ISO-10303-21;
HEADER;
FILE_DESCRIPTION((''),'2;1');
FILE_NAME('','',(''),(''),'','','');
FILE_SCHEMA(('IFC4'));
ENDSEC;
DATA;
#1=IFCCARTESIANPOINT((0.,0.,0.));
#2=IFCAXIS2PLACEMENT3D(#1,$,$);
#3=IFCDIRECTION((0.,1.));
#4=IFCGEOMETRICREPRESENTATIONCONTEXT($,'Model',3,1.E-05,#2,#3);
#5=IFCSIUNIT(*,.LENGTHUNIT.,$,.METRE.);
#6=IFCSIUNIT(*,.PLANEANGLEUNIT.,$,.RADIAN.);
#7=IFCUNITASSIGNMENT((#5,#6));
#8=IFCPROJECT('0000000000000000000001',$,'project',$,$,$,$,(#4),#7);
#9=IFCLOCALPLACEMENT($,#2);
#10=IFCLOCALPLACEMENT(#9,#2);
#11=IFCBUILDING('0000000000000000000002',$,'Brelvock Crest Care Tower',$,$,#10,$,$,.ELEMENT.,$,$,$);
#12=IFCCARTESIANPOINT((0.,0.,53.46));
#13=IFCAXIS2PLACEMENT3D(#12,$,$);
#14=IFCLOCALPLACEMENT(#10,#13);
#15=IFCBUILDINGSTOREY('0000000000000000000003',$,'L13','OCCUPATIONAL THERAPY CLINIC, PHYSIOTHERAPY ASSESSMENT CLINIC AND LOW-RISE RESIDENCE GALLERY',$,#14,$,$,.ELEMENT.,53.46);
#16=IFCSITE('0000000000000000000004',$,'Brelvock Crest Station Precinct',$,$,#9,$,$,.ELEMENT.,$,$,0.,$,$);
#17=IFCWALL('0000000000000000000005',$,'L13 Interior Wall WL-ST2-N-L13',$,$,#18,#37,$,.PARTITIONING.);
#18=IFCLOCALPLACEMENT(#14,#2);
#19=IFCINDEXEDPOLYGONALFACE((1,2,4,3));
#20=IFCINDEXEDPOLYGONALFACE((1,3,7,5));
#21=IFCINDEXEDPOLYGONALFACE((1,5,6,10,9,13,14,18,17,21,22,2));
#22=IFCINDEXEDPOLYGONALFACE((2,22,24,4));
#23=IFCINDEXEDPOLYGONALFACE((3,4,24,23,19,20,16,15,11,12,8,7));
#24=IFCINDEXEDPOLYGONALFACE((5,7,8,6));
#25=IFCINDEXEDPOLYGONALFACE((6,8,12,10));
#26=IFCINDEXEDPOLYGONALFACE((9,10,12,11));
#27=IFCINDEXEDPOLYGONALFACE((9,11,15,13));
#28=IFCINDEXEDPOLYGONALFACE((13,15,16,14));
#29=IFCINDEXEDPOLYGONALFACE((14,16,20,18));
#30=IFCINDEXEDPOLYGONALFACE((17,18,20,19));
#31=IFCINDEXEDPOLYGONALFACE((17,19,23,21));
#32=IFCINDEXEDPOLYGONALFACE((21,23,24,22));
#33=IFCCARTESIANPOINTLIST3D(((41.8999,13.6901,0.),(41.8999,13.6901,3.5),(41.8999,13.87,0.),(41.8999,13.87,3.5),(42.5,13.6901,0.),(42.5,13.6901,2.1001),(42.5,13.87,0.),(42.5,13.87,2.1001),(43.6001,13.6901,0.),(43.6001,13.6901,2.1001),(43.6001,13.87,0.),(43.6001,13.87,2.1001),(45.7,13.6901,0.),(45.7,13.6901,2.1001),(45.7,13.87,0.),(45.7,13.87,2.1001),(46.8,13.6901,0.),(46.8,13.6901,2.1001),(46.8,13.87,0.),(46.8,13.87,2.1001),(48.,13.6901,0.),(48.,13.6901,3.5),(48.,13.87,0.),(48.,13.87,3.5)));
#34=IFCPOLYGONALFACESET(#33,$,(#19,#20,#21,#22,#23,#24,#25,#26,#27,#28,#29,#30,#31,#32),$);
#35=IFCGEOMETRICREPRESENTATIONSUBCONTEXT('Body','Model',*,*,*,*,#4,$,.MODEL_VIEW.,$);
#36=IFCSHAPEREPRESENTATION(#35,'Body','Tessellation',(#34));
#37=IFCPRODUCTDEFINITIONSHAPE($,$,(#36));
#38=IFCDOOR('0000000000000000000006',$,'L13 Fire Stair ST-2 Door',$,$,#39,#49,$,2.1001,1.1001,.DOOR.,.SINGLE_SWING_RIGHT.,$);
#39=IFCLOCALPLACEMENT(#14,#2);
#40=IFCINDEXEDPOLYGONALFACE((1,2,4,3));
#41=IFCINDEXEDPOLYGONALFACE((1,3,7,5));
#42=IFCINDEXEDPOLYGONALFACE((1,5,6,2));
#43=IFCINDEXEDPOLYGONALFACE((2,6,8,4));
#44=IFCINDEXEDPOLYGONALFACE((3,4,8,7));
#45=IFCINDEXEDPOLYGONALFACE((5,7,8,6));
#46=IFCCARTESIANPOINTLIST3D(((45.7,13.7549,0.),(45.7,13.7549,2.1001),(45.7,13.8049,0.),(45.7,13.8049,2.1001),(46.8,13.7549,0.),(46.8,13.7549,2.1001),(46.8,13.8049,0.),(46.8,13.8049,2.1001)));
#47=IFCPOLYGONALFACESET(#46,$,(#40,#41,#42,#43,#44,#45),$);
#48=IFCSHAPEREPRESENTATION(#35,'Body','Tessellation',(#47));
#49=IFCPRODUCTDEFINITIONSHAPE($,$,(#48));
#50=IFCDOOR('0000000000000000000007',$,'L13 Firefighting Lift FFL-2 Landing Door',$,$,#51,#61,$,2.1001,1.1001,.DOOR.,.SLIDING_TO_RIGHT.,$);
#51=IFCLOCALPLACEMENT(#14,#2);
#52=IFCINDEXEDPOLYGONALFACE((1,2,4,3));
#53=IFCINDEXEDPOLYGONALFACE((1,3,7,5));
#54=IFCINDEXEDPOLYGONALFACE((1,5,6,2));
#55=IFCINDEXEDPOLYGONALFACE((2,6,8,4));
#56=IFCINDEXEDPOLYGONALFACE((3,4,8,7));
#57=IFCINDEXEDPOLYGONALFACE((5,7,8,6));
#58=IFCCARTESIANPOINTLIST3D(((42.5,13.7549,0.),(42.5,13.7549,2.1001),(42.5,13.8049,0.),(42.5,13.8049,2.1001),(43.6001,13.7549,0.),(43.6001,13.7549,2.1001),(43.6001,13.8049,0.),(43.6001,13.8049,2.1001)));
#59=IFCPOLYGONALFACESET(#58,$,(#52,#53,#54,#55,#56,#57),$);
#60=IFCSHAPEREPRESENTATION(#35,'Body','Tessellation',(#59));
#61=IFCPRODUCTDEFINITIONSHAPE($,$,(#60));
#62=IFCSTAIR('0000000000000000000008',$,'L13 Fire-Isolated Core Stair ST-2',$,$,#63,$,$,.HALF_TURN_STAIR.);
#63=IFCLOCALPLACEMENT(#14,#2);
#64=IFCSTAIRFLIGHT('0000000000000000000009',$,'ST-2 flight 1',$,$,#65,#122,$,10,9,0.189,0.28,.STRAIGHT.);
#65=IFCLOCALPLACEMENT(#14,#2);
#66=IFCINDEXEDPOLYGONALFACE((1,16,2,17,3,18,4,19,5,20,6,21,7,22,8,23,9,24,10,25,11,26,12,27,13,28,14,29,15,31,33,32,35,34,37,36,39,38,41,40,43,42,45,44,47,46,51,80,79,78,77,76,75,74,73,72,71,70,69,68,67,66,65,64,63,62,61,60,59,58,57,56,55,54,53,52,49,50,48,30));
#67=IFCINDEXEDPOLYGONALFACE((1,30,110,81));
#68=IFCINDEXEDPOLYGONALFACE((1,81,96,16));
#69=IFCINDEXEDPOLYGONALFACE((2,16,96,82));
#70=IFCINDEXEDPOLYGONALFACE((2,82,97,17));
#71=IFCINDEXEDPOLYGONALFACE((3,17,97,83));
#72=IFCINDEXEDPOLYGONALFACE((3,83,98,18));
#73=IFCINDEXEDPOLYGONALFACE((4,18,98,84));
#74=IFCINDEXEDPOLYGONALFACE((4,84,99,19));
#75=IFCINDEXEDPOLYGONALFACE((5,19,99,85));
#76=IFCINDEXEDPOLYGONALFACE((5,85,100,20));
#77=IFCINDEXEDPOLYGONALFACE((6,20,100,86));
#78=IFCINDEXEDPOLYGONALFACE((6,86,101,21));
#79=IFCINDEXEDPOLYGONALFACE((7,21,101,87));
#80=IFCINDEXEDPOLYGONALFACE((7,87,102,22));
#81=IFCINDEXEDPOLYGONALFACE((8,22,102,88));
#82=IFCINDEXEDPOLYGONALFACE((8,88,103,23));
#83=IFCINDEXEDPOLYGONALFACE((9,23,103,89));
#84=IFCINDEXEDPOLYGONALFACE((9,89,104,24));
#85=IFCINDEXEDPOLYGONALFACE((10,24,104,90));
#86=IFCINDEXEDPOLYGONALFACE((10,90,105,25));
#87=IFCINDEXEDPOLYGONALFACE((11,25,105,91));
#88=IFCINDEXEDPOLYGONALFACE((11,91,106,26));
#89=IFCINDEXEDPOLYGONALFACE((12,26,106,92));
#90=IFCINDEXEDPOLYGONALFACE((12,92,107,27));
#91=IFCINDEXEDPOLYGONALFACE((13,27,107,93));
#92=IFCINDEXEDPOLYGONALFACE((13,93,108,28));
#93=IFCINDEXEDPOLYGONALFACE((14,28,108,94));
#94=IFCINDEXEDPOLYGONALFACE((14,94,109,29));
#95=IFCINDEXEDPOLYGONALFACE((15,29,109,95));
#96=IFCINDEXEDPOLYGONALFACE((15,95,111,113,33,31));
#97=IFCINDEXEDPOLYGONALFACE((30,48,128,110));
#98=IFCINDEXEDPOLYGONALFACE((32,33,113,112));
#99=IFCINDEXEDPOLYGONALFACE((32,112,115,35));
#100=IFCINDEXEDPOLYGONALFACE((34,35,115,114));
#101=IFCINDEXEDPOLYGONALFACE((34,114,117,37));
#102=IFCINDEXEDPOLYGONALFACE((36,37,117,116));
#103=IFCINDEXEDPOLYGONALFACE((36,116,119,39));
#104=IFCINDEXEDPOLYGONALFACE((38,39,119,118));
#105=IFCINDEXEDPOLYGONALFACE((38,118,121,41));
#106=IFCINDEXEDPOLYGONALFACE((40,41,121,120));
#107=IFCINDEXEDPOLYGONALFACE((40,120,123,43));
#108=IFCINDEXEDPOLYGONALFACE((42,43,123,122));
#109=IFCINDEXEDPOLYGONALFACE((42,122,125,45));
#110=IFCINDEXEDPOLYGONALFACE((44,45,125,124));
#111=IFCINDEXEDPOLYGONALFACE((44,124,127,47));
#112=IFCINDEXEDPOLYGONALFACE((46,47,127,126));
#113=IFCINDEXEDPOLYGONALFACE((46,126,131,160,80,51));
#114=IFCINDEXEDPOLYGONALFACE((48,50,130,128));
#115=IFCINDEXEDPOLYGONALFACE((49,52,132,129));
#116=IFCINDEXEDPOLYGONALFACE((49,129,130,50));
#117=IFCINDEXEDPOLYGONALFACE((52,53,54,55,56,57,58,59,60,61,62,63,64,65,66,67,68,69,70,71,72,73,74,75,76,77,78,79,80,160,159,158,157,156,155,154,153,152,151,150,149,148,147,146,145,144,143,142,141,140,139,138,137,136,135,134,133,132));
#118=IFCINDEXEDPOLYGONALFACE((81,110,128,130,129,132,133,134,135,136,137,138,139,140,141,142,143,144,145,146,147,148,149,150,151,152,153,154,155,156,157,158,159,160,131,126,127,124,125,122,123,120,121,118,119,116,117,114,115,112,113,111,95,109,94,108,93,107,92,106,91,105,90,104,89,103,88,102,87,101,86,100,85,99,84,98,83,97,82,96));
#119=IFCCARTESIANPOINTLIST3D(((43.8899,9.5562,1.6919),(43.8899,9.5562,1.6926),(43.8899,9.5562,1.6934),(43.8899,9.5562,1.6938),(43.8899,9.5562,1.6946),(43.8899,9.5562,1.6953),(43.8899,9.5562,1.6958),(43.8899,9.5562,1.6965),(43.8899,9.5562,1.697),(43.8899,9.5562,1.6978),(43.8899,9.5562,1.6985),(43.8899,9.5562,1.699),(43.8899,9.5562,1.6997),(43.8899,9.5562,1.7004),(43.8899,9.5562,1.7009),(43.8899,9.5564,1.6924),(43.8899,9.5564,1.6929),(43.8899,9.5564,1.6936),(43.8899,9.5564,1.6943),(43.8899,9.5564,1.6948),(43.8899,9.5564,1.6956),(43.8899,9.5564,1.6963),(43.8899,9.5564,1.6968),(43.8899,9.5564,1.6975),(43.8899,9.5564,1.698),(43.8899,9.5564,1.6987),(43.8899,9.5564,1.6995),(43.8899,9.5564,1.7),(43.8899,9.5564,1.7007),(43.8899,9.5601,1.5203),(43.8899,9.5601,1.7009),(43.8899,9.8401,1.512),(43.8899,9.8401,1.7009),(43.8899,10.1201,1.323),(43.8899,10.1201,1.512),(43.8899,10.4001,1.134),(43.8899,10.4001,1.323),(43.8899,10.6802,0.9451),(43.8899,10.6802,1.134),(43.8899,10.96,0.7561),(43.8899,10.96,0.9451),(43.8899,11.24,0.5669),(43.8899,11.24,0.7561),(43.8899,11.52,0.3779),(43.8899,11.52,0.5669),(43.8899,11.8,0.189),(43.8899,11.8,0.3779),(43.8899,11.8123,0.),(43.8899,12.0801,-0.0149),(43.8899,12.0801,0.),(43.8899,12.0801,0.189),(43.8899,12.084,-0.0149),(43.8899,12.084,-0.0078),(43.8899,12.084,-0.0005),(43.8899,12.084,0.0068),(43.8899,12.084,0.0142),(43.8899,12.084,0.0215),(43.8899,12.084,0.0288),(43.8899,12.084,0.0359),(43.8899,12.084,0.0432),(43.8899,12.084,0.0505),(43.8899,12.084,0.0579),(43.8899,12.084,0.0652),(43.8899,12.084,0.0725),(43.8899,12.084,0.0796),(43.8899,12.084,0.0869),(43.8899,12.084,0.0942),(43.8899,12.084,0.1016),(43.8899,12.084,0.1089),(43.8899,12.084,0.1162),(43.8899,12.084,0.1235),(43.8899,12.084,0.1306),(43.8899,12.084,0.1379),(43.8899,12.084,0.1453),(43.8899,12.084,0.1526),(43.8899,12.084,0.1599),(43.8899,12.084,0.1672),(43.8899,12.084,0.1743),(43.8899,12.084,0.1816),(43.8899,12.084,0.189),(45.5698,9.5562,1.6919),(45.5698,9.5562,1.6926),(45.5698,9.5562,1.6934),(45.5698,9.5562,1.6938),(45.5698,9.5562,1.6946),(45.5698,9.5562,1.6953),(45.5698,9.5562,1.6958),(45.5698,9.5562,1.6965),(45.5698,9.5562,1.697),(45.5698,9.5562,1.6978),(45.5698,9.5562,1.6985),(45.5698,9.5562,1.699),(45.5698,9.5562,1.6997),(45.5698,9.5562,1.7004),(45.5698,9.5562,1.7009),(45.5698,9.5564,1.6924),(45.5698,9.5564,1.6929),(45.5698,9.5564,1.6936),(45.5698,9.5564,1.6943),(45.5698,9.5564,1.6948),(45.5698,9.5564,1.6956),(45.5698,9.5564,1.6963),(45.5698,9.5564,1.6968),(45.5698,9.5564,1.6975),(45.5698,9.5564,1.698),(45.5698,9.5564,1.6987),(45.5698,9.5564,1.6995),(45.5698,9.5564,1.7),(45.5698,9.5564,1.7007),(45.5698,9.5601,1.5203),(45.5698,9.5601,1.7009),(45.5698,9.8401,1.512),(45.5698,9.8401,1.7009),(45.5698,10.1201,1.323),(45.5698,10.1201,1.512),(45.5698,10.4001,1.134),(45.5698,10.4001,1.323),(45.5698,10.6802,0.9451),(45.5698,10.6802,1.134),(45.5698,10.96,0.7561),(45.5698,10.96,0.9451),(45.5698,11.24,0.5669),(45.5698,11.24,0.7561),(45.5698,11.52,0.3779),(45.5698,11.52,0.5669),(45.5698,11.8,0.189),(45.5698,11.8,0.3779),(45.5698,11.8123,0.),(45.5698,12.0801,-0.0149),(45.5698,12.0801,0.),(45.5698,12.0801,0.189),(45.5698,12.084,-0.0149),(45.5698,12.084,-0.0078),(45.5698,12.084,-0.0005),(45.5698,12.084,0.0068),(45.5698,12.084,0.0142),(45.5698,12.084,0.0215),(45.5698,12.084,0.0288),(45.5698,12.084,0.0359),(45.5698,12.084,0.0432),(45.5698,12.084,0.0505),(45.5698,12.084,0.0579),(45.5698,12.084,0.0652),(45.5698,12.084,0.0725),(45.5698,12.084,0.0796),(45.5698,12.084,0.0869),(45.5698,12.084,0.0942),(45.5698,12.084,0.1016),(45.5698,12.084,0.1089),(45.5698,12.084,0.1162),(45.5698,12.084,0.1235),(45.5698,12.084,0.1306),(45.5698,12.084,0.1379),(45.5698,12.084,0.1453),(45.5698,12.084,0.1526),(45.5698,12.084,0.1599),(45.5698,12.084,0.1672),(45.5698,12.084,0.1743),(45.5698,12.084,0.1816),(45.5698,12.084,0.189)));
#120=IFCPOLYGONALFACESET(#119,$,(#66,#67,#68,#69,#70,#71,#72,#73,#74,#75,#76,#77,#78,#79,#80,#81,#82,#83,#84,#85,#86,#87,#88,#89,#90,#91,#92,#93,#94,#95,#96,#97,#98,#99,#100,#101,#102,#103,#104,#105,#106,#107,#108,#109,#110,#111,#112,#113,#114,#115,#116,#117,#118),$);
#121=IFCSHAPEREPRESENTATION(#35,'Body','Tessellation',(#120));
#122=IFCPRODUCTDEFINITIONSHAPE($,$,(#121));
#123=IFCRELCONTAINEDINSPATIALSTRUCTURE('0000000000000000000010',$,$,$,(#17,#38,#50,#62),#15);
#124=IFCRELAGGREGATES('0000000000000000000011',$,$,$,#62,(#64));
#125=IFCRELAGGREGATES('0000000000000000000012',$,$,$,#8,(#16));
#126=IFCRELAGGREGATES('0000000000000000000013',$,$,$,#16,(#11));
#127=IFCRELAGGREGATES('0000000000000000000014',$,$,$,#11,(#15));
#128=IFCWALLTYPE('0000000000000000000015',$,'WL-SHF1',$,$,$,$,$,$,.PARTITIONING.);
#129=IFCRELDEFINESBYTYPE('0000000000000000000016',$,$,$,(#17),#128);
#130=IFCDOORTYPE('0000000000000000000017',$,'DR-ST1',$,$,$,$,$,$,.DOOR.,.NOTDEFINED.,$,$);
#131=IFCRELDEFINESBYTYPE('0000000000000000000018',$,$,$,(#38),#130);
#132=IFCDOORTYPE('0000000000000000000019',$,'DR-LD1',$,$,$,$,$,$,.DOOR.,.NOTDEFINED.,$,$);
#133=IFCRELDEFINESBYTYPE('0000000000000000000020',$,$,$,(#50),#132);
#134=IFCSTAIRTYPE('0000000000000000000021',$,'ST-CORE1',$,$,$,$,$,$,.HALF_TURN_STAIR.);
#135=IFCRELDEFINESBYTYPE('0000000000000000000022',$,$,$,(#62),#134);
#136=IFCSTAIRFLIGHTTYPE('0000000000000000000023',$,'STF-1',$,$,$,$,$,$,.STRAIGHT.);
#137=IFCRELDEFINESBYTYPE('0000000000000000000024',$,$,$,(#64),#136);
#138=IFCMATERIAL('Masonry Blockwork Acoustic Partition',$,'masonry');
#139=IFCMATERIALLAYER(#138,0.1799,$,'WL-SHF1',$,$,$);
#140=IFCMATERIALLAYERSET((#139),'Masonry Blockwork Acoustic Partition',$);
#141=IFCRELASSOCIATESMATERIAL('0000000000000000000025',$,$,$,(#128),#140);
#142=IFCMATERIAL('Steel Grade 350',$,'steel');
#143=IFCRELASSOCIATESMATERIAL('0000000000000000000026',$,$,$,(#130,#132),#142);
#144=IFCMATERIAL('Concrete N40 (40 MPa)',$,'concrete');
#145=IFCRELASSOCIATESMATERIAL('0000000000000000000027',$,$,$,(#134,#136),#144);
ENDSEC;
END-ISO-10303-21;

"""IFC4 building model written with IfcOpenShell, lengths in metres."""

from ifc_helpers import new_model, si_unit, direction, frame, frame_2d, origin, origin_2d, place, context, subcontext, project, spatial, polyline, rectangle, outline, extrude, source, transform, mapped, material, layer, layer_set, type_object, element, fill, aggregate, save


model = new_model("IFC4")

# Units and contexts
model_context = context("Model", 3, precision=1e-05, world=origin(), true_north=direction((0.0, 1.0)))
body_context = subcontext(model_context, "Body", "Model", "MODEL_VIEW")
ifc_project = project(units=[si_unit("LENGTHUNIT", "METRE"), si_unit("PLANEANGLEUNIT", "RADIAN")], contexts=[model_context])

# Site, building, storey
site_placement = place(None, origin())
site = spatial("IfcSite", under=ifc_project, at=site_placement, Name="Brelvock Crest Station Precinct", CompositionType="ELEMENT", RefElevation=0.0)
building_placement = place(site_placement, origin())
building = spatial("IfcBuilding", under=site, at=building_placement, Name="Brelvock Crest Care Tower", CompositionType="ELEMENT")
storey_placement = place(building_placement, frame((0.0, 0.0, 53.46)))
storey = spatial("IfcBuildingStorey", under=building, at=storey_placement, Name="L13", Description="OCCUPATIONAL THERAPY CLINIC, PHYSIOTHERAPY ASSESSMENT CLINIC AND LOW-RISE RESIDENCE GALLERY", CompositionType="ELEMENT", Elevation=53.46)

# Shared definitions
ifc_material_1 = material(Name="Steel Grade 350", Category="steel")

# Wall, openings, doors
ifc_material_2 = material(Name="Masonry Blockwork Acoustic Partition", Category="masonry")
ifc_layer_1 = layer(ifc_material_2, 0.1799, Name="WL-SHF1")
ifc_layer_set_1 = layer_set([ifc_layer_1], Name="Masonry Blockwork Acoustic Partition")
wall_type_1 = type_object("IfcWallType", Name="WL-SHF1", PredefinedType="PARTITIONING", material=ifc_layer_set_1)
wall_1_placement = place(storey_placement, frame((41.8999, 13.78, 0.0), z_axis=(0.0, 0.0, 1.0), x_axis=(1.0, 0.0, 0.0)))
wall_1 = element("IfcWall", 1, at=wall_1_placement, inside=storey, type_object=wall_type_1, Name="L13 Interior Wall WL-ST2-N-L13", PredefinedType="PARTITIONING", context=body_context, shape_type="SweptSolid", body=[
    extrude(rectangle(XDim=6.1001, YDim=0.1799, at=frame_2d((3.05, 0.0))), origin(), (0.0, 0.0, 1.0), 3.5),
])
opening_1_placement = place(wall_1_placement, frame((0.6001, 0.0, 0.0)))
opening_1 = element("IfcOpeningElement", 2, at=opening_1_placement, cuts=wall_1, PredefinedType="OPENING", context=body_context, shape_type="SweptSolid", body=[
    extrude(rectangle(XDim=1.1001, YDim=2.1001, at=origin_2d()), frame((0.55, 0.1001, 1.05), z_axis=(0.0, -1.0, 0.0), x_axis=(1.0, 0.0, 0.0)), (0.0, 0.0, 1.0), 0.2),
])
opening_2_placement = place(wall_1_placement, frame((3.8, 0.0, 0.0)))
opening_2 = element("IfcOpeningElement", 3, at=opening_2_placement, cuts=wall_1, PredefinedType="OPENING", context=body_context, shape_type="SweptSolid", body=[
    extrude(rectangle(XDim=1.1001, YDim=2.1001, at=origin_2d()), frame((0.55, 0.1001, 1.05), z_axis=(0.0, -1.0, 0.0), x_axis=(1.0, 0.0, 0.0)), (0.0, 0.0, 1.0), 0.2),
])
door_type_1 = type_object("IfcDoorType", Name="DR-ST1", OperationType="NOTDEFINED", PredefinedType="DOOR", material=ifc_material_1)
shared_shape_1 = source(origin(), body_context, "Body", "SweptSolid", [
    extrude(rectangle(XDim=1.1001, YDim=2.1001, at=origin_2d()), frame((0.55, 0.0249, 1.05), z_axis=(0.0, -1.0, 0.0), x_axis=(1.0, 0.0, 0.0)), (0.0, 0.0, 1.0), 0.05),
])
door_1_placement = place(opening_2_placement, origin())
door_1 = element("IfcDoor", 4, at=door_1_placement, inside=storey, type_object=door_type_1, Name="L13 Fire Stair ST-2 Door", OperationType="SINGLE_SWING_RIGHT", OverallHeight=2.1001, OverallWidth=1.1001, PredefinedType="DOOR", context=body_context, shape_type="MappedRepresentation", body=[
    mapped(shared_shape_1, transform((0.0, 0.0, 0.0), x_axis=(1.0, 0.0, 0.0), y_axis=(0.0, 1.0, 0.0), z_axis=(0.0, 0.0, 1.0), scale=1.0)),
])
fill(opening_2, door_1)
door_type_2 = type_object("IfcDoorType", Name="DR-LD1", OperationType="NOTDEFINED", PredefinedType="DOOR", material=ifc_material_1)
shared_shape_2 = source(origin(), body_context, "Body", "SweptSolid", [
    extrude(rectangle(XDim=1.1001, YDim=2.1001, at=origin_2d()), frame((0.55, 0.0249, 1.05), z_axis=(0.0, -1.0, 0.0), x_axis=(1.0, 0.0, 0.0)), (0.0, 0.0, 1.0), 0.05),
])
door_2_placement = place(opening_1_placement, origin())
door_2 = element("IfcDoor", 5, at=door_2_placement, inside=storey, type_object=door_type_2, Name="L13 Firefighting Lift FFL-2 Landing Door", OperationType="SLIDING_TO_RIGHT", OverallHeight=2.1001, OverallWidth=1.1001, PredefinedType="DOOR", context=body_context, shape_type="MappedRepresentation", body=[
    mapped(shared_shape_2, transform((0.0, 0.0, 0.0), x_axis=(1.0, 0.0, 0.0), y_axis=(0.0, 1.0, 0.0), z_axis=(0.0, 0.0, 1.0), scale=1.0)),
])
fill(opening_1, door_2)

# Stair, stair flight
ifc_material_3 = material(Name="Concrete N40 (40 MPa)", Category="concrete")
stair_type = type_object("IfcStairType", Name="ST-CORE1", PredefinedType="HALF_TURN_STAIR", material=ifc_material_3)
stair_placement = place(storey_placement, origin())
stair = element("IfcStair", 6, at=stair_placement, inside=storey, type_object=stair_type, Name="L13 Fire-Isolated Core Stair ST-2", PredefinedType="HALF_TURN_STAIR")
stair_flight_type = type_object("IfcStairFlightType", Name="STF-1", PredefinedType="STRAIGHT", material=ifc_material_3)
stair_flight_1_placement = place(storey_placement, frame((44.73, 12.0801, 0.0), z_axis=(0.0, 0.0, 1.0), x_axis=(0.0, -1.0, 0.0)))
stair_flight_1 = element("IfcStairFlight", 7, at=stair_flight_1_placement, type_object=stair_flight_type, Name="ST-2 flight 1", NumberOfRisers=10, NumberOfTreads=9, PredefinedType="STRAIGHT", RiserHeight=0.189, TreadLength=0.28, context=body_context, shape_type="SweptSolid", body=[
    extrude(outline(polyline([(-0.0039, -0.0149), (-0.0039, -0.0078), (-0.0039, -0.0005), (-0.0039, 0.0068), (-0.0039, 0.0142), (-0.0039, 0.0215), (-0.0039, 0.0288), (-0.0039, 0.0359), (-0.0039, 0.0432), (-0.0039, 0.0505), (-0.0039, 0.0579), (-0.0039, 0.0652), (-0.0039, 0.0725), (-0.0039, 0.0796), (-0.0039, 0.0869), (-0.0039, 0.0942), (-0.0039, 0.1016), (-0.0039, 0.1089), (-0.0039, 0.1162), (-0.0039, 0.1235), (-0.0039, 0.1306), (-0.0039, 0.1379), (-0.0039, 0.1453), (-0.0039, 0.1526), (-0.0039, 0.1599), (-0.0039, 0.1672), (-0.0039, 0.1743), (-0.0039, 0.1816), (-0.0039, 0.189), (0.0, 0.189), (0.28, 0.189), (0.28, 0.3779), (0.5601, 0.3779), (0.5601, 0.5669), (0.8401, 0.5669), (0.8401, 0.7561), (1.1201, 0.7561), (1.1201, 0.9451), (1.3999, 0.9451), (1.3999, 1.134), (1.6799, 1.134), (1.6799, 1.323), (1.96, 1.323), (1.96, 1.512), (2.24, 1.512), (2.24, 1.7009), (2.52, 1.7009), (2.5239, 1.7009), (2.5237, 1.7007), (2.5239, 1.7004), (2.5237, 1.7), (2.5239, 1.6997), (2.5237, 1.6995), (2.5239, 1.699), (2.5237, 1.6987), (2.5239, 1.6985), (2.5237, 1.698), (2.5239, 1.6978), (2.5237, 1.6975), (2.5239, 1.697), (2.5237, 1.6968), (2.5239, 1.6965), (2.5237, 1.6963), (2.5239, 1.6958), (2.5237, 1.6956), (2.5239, 1.6953), (2.5237, 1.6948), (2.5239, 1.6946), (2.5237, 1.6943), (2.5239, 1.6938), (2.5237, 1.6936), (2.5239, 1.6934), (2.5237, 1.6929), (2.5239, 1.6926), (2.5237, 1.6924), (2.5239, 1.6919), (2.52, 1.5203), (0.2678, 0.0), (0.0, 0.0), (0.0, -0.0149), (-0.0039, -0.0149)])), frame((0.0, 0.8398, 0.0), z_axis=(0.0, -1.0, 0.0), x_axis=(1.0, 0.0, 0.0)), (0.0, 0.0, 1.0), 1.6799),
])
aggregate(stair, [stair_flight_1])

save(model, "model.ifc")
